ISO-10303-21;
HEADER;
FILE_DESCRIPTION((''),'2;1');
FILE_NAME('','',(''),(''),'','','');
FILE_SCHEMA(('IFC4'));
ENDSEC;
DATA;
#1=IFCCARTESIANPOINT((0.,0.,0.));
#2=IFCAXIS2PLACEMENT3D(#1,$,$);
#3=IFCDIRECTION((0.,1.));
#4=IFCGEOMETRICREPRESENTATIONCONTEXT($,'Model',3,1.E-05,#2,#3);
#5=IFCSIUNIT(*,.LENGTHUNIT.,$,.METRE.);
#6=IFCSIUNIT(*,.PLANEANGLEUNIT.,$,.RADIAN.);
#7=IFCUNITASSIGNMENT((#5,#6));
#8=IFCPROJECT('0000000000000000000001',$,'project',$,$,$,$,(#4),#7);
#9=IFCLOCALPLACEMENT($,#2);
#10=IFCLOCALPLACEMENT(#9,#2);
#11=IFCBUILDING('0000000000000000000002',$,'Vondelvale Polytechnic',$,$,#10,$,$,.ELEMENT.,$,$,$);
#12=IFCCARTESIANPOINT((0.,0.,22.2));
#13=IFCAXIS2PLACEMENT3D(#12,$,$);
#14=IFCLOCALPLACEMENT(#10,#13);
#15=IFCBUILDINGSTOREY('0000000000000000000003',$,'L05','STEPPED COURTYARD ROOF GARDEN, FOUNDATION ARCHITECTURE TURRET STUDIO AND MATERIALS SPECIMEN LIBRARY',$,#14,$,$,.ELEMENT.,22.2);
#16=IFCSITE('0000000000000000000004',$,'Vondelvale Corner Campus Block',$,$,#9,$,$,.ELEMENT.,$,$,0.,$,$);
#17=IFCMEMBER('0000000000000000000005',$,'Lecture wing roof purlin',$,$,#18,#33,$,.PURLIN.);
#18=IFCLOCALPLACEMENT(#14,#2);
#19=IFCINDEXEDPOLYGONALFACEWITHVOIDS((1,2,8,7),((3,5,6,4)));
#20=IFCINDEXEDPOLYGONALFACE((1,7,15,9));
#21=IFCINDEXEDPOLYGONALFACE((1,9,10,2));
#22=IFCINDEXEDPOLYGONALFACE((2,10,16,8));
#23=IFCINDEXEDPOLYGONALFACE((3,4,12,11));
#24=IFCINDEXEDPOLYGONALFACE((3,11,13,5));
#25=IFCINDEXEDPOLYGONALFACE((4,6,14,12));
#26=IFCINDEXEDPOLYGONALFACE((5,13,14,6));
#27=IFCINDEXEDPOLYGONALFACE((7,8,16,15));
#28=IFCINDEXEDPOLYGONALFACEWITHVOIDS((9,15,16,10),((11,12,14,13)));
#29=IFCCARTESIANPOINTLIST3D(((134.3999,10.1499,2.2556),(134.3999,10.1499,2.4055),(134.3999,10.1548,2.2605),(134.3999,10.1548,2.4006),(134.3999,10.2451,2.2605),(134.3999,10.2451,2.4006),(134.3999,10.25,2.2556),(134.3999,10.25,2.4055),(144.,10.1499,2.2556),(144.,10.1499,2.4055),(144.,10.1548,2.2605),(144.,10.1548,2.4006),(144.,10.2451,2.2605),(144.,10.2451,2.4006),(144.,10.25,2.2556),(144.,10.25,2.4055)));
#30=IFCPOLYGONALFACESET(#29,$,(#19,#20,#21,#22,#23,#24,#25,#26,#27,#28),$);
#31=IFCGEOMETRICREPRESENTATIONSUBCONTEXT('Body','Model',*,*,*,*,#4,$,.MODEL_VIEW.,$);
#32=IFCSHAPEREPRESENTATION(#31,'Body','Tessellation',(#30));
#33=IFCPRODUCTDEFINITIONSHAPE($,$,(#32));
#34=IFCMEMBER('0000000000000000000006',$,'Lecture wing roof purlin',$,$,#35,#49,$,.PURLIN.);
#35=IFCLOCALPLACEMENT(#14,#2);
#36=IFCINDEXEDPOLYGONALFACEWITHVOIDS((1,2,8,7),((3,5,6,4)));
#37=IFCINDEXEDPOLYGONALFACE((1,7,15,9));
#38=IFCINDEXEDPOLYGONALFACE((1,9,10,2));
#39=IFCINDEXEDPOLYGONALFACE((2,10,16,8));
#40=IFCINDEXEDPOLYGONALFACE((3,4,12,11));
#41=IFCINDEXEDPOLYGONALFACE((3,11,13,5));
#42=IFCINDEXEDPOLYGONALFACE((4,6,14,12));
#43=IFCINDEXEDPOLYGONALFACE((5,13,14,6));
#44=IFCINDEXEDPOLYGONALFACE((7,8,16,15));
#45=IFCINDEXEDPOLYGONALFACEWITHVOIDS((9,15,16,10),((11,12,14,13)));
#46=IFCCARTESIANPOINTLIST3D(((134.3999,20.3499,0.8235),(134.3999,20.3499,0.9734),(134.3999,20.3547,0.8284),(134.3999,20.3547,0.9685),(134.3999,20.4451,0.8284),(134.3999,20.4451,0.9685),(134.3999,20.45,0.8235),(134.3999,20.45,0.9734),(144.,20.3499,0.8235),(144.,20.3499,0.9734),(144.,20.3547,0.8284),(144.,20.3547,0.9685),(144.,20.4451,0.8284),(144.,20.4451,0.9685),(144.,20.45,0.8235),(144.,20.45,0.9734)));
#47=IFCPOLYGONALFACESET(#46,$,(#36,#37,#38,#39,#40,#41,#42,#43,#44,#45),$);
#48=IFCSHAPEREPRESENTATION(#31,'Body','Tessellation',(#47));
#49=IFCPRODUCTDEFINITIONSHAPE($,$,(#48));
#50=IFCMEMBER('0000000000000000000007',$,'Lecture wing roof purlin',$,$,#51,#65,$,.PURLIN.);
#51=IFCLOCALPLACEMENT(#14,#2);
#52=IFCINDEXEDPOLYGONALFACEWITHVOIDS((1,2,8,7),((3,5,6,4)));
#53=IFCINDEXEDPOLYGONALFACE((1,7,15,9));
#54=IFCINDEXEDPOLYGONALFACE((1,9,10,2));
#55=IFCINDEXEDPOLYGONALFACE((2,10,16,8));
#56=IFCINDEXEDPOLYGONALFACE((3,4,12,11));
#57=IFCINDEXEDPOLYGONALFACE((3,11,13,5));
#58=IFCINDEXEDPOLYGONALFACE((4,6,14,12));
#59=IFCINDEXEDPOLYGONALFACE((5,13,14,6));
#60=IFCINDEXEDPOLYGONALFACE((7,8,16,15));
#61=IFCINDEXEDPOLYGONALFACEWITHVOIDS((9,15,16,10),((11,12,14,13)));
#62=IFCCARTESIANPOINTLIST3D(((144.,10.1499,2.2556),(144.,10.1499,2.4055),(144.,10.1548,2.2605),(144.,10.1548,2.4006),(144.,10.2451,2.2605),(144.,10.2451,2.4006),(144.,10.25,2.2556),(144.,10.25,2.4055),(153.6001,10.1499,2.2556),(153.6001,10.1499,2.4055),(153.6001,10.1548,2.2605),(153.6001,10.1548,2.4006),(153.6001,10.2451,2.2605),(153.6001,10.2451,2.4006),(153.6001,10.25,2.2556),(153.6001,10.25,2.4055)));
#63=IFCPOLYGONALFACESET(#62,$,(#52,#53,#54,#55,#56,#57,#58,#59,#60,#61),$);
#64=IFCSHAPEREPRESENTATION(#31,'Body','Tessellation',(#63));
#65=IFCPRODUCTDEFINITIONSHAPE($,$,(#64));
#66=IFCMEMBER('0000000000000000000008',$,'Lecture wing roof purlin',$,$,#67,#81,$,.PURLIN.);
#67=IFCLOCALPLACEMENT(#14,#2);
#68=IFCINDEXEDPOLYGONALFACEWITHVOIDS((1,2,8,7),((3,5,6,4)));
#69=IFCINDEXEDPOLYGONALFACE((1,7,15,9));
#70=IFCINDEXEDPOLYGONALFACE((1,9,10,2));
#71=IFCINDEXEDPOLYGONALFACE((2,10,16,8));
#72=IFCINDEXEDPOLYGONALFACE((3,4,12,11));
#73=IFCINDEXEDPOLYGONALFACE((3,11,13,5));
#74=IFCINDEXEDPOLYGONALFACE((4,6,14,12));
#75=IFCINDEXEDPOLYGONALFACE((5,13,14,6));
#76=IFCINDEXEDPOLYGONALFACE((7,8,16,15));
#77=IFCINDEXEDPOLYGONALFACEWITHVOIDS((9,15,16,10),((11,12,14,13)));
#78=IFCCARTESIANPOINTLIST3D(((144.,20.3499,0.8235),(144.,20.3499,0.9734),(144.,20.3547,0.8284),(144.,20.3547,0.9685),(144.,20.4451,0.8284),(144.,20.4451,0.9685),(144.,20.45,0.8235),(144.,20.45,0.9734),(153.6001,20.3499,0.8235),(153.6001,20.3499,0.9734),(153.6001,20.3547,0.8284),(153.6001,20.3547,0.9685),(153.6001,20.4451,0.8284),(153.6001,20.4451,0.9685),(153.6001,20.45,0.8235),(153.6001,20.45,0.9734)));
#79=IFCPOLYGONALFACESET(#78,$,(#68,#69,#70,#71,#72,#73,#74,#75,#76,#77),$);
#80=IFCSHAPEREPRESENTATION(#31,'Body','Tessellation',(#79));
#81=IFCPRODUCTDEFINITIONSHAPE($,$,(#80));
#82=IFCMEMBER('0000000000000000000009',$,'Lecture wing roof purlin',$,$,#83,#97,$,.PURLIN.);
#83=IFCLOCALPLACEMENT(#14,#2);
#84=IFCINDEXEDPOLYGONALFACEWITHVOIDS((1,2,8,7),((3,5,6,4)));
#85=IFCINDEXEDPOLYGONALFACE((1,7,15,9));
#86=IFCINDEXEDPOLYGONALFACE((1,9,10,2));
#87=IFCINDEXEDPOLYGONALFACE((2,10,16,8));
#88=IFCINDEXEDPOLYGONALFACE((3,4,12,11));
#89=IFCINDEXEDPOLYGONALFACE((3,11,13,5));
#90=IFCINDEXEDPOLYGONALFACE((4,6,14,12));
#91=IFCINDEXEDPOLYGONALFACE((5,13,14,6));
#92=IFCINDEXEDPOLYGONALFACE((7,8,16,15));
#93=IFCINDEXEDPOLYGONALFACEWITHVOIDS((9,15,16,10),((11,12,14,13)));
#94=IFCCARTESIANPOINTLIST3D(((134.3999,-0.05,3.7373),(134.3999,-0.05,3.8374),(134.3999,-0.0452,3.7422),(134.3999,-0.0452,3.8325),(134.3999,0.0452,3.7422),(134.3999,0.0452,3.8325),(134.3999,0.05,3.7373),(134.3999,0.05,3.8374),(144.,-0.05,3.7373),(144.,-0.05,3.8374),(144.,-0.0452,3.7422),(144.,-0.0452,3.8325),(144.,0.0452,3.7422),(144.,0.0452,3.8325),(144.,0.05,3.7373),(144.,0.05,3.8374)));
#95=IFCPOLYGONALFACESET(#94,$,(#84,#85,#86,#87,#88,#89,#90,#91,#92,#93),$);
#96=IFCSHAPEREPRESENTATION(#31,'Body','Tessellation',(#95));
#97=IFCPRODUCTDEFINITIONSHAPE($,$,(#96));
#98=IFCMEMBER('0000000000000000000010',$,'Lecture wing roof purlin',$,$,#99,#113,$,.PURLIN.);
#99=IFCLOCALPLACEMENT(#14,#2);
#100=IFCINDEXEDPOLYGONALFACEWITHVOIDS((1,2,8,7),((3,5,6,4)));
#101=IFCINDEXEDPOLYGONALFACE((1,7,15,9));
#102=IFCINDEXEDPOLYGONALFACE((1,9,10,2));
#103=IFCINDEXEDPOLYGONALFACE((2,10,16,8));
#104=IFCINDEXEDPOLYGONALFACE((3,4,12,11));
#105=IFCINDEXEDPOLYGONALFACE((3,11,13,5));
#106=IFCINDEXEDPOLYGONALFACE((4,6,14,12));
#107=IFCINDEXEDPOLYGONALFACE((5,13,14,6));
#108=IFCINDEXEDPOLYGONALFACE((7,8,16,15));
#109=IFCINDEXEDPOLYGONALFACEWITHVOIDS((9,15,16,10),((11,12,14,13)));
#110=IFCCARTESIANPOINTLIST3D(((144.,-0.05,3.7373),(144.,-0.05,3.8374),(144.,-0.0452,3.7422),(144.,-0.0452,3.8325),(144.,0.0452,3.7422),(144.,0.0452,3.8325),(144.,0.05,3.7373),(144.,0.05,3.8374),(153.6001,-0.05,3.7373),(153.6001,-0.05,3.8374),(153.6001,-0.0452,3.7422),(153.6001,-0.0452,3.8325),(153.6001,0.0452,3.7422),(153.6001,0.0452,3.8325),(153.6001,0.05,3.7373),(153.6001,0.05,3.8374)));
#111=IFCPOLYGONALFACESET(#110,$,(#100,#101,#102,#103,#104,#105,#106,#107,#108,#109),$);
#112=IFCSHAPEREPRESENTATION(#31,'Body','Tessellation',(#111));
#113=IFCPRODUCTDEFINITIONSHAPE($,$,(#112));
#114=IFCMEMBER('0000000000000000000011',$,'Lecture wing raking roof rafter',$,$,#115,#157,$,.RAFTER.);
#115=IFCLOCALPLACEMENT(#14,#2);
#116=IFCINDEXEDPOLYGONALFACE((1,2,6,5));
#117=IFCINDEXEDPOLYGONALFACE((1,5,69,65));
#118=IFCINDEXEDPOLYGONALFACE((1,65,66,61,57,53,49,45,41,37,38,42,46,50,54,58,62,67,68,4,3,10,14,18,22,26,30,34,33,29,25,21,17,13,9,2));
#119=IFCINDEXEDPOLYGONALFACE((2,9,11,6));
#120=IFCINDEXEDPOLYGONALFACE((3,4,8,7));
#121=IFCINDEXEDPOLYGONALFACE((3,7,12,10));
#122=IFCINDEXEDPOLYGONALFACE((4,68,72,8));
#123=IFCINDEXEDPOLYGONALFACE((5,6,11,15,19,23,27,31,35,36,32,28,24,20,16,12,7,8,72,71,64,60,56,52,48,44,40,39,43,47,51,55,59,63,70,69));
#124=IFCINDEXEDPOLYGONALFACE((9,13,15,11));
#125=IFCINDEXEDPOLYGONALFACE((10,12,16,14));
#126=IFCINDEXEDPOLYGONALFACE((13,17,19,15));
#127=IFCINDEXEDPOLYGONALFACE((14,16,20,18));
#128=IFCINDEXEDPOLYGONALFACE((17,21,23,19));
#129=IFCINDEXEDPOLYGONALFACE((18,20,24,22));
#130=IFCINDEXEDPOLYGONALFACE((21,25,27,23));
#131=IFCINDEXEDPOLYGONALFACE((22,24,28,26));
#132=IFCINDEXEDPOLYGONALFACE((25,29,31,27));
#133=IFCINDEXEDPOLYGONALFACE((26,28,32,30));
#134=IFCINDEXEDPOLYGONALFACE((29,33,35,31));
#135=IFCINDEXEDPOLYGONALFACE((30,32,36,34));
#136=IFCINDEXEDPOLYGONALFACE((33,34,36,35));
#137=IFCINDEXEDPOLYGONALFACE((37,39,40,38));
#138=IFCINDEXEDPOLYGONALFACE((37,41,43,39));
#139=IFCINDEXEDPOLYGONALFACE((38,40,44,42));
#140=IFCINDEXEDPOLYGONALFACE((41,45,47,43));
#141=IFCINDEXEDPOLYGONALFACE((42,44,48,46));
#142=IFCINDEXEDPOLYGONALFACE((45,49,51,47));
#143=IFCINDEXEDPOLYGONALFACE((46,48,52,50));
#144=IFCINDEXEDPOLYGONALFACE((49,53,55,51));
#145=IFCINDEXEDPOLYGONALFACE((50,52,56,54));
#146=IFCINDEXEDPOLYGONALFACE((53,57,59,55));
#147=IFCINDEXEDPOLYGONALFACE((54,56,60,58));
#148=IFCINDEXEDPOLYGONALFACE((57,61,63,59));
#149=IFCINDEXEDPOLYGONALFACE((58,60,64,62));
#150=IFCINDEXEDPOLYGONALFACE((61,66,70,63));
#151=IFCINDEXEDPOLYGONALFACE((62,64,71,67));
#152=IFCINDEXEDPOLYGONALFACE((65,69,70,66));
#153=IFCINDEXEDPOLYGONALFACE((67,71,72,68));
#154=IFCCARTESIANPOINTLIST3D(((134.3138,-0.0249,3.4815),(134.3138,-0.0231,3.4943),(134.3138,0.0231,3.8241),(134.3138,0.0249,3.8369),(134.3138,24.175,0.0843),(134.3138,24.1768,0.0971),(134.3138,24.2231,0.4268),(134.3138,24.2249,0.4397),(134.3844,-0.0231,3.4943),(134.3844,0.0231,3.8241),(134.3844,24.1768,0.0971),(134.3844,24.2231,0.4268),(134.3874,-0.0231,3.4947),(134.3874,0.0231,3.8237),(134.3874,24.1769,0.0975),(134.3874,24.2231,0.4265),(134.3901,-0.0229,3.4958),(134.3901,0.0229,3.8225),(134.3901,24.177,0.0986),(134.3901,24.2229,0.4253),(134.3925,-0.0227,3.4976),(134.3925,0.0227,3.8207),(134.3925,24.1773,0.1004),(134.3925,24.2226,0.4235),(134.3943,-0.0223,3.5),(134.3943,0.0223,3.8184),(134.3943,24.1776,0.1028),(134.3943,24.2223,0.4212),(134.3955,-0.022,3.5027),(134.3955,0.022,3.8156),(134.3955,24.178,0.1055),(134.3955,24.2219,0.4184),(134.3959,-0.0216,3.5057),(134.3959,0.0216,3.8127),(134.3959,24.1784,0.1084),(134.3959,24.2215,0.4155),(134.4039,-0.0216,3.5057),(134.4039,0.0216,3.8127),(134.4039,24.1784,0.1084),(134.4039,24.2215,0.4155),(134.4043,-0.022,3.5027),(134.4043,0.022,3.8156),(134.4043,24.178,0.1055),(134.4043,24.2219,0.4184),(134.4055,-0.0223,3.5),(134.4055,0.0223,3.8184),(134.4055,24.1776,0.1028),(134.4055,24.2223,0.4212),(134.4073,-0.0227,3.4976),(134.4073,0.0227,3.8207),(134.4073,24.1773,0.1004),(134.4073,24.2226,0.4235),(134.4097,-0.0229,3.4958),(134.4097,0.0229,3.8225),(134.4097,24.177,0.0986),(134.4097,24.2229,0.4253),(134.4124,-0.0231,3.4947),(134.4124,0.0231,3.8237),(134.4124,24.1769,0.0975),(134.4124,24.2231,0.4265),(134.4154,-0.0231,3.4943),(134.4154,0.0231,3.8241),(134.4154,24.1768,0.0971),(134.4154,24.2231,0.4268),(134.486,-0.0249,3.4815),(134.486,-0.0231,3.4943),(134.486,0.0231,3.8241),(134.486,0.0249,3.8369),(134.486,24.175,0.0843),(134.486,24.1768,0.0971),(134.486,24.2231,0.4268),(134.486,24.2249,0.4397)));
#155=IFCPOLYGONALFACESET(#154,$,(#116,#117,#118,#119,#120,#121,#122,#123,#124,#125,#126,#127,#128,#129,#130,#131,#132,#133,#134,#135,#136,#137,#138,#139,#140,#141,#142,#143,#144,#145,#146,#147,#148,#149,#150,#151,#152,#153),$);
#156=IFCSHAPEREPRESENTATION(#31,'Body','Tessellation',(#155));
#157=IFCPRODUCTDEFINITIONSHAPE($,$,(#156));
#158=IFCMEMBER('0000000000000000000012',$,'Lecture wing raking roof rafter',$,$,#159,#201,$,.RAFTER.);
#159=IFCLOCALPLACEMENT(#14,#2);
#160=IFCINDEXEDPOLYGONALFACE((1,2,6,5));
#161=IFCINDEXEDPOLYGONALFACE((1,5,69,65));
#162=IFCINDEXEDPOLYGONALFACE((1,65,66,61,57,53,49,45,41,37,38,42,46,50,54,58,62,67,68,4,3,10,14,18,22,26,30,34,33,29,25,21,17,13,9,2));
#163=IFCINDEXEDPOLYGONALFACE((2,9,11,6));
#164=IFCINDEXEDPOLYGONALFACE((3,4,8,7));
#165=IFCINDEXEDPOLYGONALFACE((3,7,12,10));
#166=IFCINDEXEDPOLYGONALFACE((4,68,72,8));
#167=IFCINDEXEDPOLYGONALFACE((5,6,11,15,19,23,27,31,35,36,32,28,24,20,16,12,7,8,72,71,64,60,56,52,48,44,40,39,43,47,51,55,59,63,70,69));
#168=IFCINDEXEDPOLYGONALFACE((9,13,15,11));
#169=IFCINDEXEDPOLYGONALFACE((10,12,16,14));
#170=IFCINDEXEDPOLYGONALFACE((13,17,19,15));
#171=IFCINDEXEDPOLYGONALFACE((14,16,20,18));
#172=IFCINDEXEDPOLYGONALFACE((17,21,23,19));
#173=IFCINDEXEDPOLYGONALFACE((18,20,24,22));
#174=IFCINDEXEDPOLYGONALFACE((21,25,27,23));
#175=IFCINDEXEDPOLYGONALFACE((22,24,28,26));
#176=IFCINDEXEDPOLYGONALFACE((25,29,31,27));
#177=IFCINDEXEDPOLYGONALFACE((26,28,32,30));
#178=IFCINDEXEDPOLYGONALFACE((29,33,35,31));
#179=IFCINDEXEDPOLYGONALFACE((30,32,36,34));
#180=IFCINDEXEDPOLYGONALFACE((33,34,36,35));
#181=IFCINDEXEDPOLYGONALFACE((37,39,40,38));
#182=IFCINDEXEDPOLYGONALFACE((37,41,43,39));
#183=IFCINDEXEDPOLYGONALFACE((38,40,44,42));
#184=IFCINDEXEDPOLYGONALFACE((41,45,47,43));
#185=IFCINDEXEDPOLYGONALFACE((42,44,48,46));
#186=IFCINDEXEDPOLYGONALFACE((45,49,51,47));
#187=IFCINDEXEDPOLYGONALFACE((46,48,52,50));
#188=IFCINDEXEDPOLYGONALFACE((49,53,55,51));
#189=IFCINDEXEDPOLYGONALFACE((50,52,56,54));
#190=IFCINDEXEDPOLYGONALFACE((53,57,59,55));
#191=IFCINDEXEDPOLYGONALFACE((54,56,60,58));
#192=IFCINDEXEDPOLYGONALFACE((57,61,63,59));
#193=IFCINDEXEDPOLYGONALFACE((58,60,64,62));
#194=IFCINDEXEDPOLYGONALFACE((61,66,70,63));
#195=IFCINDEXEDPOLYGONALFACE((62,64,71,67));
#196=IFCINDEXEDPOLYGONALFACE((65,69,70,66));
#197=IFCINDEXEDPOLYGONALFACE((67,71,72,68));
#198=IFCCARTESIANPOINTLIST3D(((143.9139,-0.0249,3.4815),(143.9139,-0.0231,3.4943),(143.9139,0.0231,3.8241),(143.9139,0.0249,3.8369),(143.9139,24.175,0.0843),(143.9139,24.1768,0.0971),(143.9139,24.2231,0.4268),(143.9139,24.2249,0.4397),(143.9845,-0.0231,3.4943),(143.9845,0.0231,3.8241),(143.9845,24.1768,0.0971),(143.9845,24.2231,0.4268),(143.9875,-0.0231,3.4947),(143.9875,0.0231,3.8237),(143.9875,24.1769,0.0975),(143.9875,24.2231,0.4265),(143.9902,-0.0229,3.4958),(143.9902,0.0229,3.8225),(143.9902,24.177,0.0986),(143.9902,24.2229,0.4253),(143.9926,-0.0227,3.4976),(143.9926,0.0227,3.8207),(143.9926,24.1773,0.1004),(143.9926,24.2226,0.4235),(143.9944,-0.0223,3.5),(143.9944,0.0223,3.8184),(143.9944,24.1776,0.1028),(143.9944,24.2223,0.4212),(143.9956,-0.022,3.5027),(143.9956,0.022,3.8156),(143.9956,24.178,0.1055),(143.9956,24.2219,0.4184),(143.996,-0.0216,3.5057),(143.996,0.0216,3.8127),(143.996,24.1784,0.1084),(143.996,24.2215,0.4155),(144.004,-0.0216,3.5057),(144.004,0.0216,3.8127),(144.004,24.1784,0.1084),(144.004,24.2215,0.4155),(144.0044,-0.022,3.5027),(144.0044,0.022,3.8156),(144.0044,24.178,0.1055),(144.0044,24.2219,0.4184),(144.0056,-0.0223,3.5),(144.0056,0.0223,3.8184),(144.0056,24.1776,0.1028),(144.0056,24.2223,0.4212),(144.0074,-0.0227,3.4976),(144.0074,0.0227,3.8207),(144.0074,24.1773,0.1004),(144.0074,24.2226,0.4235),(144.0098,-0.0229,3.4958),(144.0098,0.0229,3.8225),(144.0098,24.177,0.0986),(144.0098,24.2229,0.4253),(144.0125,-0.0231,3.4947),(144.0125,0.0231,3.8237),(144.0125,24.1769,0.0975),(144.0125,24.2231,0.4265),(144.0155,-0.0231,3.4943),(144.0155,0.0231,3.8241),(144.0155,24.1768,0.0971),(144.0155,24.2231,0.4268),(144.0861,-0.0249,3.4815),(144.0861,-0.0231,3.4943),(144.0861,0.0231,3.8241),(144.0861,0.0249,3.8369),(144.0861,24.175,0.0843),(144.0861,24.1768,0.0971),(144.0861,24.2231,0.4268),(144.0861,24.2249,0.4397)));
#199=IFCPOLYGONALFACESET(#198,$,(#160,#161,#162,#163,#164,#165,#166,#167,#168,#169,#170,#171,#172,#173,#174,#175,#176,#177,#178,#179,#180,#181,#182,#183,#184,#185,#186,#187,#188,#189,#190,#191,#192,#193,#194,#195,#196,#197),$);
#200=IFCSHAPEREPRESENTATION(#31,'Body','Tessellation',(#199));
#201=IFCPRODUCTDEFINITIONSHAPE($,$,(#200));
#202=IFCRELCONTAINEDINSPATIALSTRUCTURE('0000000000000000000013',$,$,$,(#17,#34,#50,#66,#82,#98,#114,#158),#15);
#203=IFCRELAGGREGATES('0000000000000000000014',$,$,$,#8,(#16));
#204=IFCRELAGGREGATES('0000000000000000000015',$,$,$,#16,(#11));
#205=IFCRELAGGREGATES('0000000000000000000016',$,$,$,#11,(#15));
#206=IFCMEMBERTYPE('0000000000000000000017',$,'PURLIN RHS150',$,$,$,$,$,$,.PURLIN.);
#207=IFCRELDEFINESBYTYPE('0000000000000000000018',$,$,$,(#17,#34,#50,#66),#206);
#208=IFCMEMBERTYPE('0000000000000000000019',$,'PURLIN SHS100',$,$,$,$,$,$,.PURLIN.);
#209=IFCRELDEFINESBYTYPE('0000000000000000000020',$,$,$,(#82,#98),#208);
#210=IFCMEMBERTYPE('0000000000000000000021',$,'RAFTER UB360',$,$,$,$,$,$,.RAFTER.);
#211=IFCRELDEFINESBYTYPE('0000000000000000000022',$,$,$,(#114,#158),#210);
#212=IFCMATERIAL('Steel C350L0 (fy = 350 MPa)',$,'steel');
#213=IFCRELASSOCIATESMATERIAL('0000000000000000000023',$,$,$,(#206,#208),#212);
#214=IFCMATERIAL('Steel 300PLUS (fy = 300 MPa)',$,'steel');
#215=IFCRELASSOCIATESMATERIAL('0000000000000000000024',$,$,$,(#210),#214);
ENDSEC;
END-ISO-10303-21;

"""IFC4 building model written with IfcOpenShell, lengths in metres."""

from ifc_helpers import new_model, si_unit, direction, frame, origin, origin_2d, place, context, subcontext, project, spatial, hollow_rectangle, i_section, extrude, material, material_profile, profile_set, type_object, element, save


model = new_model("IFC4")

# Units and contexts
model_context = context("Model", 3, precision=1e-05, world=origin(), true_north=direction((0.0, 1.0)))
body_context = subcontext(model_context, "Body", "Model", "MODEL_VIEW")
ifc_project = project(units=[si_unit("LENGTHUNIT", "METRE"), si_unit("PLANEANGLEUNIT", "RADIAN")], contexts=[model_context])

# Site, building, storey
site_placement = place(None, origin())
site = spatial("IfcSite", under=ifc_project, at=site_placement, Name="Vondelvale Corner Campus Block", CompositionType="ELEMENT", RefElevation=0.0)
building_placement = place(site_placement, origin())
building = spatial("IfcBuilding", under=site, at=building_placement, Name="Vondelvale Polytechnic", CompositionType="ELEMENT")
storey_placement = place(building_placement, frame((0.0, 0.0, 22.2)))
storey = spatial("IfcBuildingStorey", under=building, at=storey_placement, Name="L05", Description="STEPPED COURTYARD ROOF GARDEN, FOUNDATION ARCHITECTURE TURRET STUDIO AND MATERIALS SPECIMEN LIBRARY", CompositionType="ELEMENT", Elevation=22.2)

# Members
ifc_material_1 = material(Name="Steel C350L0 (fy = 350 MPa)", Category="steel")
ifc_material_profile_1 = material_profile(ifc_material_1, hollow_rectangle(XDim=0.1001, YDim=0.1499, WallThickness=0.0049, at=origin_2d()), Name="150x100x5.0RHS")
ifc_profile_set_1 = profile_set([ifc_material_profile_1], Name="Steel C350L0 (fy = 350 MPa)")
member_type_1 = type_object("IfcMemberType", Name="PURLIN RHS150", PredefinedType="PURLIN", material=ifc_profile_set_1)
for number, where, z_axis, x_axis, name in (
    (1, (134.3999, 10.2, 2.3306), (1.0, 0.0, 0.0), (0.0, 1.0, 0.0), "Lecture wing roof purlin"),
    (2, (134.3999, 20.3999, 0.8984), (1.0, 0.0, 0.0), (0.0, 1.0, 0.0), "Lecture wing roof purlin"),
    (3, (144.0, 10.2, 2.3306), (1.0, 0.0, 0.0), (0.0, 1.0, 0.0), "Lecture wing roof purlin"),
    (4, (144.0, 20.3999, 0.8984), (1.0, 0.0, 0.0), (0.0, 1.0, 0.0), "Lecture wing roof purlin"),
):
    element("IfcMember", number, at=place(storey_placement, frame(where, z_axis=z_axis, x_axis=x_axis)), inside=storey, type_object=member_type_1, Name=name, PredefinedType="PURLIN", context=body_context, shape_type="SweptSolid", body=[
        extrude(hollow_rectangle(XDim=0.1001, YDim=0.1499, WallThickness=0.0049, at=origin_2d()), origin(), (0.0, 0.0, 1.0), 9.6001),
    ])
ifc_material_profile_2 = material_profile(ifc_material_1, hollow_rectangle(XDim=0.1001, YDim=0.1001, WallThickness=0.0049, at=origin_2d()), Name="100x100x5.0SHS")
ifc_profile_set_2 = profile_set([ifc_material_profile_2], Name="Steel C350L0 (fy = 350 MPa)")
member_type_2 = type_object("IfcMemberType", Name="PURLIN SHS100", PredefinedType="PURLIN", material=ifc_profile_set_2)
for number, where, z_axis, x_axis, name in (
    (5, (134.3999, 0.0, 3.7874), (1.0, 0.0, 0.0), (0.0, 1.0, 0.0), "Lecture wing roof purlin"),
    (6, (144.0, 0.0, 3.7874), (1.0, 0.0, 0.0), (0.0, 1.0, 0.0), "Lecture wing roof purlin"),
):
    element("IfcMember", number, at=place(storey_placement, frame(where, z_axis=z_axis, x_axis=x_axis)), inside=storey, type_object=member_type_2, Name=name, PredefinedType="PURLIN", context=body_context, shape_type="SweptSolid", body=[
        extrude(hollow_rectangle(XDim=0.1001, YDim=0.1001, WallThickness=0.0049, at=origin_2d()), origin(), (0.0, 0.0, 1.0), 9.6001),
    ])
ifc_material_2 = material(Name="Steel 300PLUS (fy = 300 MPa)", Category="steel")
ifc_material_profile_3 = material_profile(ifc_material_2, i_section(OverallWidth=0.1721, OverallDepth=0.3589, WebThickness=0.0081, FlangeThickness=0.0129, FilletRadius=0.0115, at=origin_2d()), Name="360UB56.7")
ifc_profile_set_3 = profile_set([ifc_material_profile_3], Name="Steel 300PLUS (fy = 300 MPa)")
member_type_3 = type_object("IfcMemberType", Name="RAFTER UB360", PredefinedType="RAFTER", material=ifc_profile_set_3)
for number, where, z_axis, x_axis, name in (
    (7, (134.3999, 0.0, 3.6592), (0.0, 0.99029, -0.139018), (-1.0, 0.0, 0.0), "Lecture wing raking roof rafter"),
    (8, (144.0, 0.0, 3.6592), (0.0, 0.99029, -0.139018), (-1.0, 0.0, 0.0), "Lecture wing raking roof rafter"),
):
    element("IfcMember", number, at=place(storey_placement, frame(where, z_axis=z_axis, x_axis=x_axis)), inside=storey, type_object=member_type_3, Name=name, PredefinedType="RAFTER", context=body_context, shape_type="SweptSolid", body=[
        extrude(i_section(OverallWidth=0.1721, OverallDepth=0.3589, WebThickness=0.0081, FlangeThickness=0.0129, FilletRadius=0.0115, at=origin_2d()), origin(), (0.0, 0.0, 1.0), 24.4373),
    ])

save(model, "model.ifc")
